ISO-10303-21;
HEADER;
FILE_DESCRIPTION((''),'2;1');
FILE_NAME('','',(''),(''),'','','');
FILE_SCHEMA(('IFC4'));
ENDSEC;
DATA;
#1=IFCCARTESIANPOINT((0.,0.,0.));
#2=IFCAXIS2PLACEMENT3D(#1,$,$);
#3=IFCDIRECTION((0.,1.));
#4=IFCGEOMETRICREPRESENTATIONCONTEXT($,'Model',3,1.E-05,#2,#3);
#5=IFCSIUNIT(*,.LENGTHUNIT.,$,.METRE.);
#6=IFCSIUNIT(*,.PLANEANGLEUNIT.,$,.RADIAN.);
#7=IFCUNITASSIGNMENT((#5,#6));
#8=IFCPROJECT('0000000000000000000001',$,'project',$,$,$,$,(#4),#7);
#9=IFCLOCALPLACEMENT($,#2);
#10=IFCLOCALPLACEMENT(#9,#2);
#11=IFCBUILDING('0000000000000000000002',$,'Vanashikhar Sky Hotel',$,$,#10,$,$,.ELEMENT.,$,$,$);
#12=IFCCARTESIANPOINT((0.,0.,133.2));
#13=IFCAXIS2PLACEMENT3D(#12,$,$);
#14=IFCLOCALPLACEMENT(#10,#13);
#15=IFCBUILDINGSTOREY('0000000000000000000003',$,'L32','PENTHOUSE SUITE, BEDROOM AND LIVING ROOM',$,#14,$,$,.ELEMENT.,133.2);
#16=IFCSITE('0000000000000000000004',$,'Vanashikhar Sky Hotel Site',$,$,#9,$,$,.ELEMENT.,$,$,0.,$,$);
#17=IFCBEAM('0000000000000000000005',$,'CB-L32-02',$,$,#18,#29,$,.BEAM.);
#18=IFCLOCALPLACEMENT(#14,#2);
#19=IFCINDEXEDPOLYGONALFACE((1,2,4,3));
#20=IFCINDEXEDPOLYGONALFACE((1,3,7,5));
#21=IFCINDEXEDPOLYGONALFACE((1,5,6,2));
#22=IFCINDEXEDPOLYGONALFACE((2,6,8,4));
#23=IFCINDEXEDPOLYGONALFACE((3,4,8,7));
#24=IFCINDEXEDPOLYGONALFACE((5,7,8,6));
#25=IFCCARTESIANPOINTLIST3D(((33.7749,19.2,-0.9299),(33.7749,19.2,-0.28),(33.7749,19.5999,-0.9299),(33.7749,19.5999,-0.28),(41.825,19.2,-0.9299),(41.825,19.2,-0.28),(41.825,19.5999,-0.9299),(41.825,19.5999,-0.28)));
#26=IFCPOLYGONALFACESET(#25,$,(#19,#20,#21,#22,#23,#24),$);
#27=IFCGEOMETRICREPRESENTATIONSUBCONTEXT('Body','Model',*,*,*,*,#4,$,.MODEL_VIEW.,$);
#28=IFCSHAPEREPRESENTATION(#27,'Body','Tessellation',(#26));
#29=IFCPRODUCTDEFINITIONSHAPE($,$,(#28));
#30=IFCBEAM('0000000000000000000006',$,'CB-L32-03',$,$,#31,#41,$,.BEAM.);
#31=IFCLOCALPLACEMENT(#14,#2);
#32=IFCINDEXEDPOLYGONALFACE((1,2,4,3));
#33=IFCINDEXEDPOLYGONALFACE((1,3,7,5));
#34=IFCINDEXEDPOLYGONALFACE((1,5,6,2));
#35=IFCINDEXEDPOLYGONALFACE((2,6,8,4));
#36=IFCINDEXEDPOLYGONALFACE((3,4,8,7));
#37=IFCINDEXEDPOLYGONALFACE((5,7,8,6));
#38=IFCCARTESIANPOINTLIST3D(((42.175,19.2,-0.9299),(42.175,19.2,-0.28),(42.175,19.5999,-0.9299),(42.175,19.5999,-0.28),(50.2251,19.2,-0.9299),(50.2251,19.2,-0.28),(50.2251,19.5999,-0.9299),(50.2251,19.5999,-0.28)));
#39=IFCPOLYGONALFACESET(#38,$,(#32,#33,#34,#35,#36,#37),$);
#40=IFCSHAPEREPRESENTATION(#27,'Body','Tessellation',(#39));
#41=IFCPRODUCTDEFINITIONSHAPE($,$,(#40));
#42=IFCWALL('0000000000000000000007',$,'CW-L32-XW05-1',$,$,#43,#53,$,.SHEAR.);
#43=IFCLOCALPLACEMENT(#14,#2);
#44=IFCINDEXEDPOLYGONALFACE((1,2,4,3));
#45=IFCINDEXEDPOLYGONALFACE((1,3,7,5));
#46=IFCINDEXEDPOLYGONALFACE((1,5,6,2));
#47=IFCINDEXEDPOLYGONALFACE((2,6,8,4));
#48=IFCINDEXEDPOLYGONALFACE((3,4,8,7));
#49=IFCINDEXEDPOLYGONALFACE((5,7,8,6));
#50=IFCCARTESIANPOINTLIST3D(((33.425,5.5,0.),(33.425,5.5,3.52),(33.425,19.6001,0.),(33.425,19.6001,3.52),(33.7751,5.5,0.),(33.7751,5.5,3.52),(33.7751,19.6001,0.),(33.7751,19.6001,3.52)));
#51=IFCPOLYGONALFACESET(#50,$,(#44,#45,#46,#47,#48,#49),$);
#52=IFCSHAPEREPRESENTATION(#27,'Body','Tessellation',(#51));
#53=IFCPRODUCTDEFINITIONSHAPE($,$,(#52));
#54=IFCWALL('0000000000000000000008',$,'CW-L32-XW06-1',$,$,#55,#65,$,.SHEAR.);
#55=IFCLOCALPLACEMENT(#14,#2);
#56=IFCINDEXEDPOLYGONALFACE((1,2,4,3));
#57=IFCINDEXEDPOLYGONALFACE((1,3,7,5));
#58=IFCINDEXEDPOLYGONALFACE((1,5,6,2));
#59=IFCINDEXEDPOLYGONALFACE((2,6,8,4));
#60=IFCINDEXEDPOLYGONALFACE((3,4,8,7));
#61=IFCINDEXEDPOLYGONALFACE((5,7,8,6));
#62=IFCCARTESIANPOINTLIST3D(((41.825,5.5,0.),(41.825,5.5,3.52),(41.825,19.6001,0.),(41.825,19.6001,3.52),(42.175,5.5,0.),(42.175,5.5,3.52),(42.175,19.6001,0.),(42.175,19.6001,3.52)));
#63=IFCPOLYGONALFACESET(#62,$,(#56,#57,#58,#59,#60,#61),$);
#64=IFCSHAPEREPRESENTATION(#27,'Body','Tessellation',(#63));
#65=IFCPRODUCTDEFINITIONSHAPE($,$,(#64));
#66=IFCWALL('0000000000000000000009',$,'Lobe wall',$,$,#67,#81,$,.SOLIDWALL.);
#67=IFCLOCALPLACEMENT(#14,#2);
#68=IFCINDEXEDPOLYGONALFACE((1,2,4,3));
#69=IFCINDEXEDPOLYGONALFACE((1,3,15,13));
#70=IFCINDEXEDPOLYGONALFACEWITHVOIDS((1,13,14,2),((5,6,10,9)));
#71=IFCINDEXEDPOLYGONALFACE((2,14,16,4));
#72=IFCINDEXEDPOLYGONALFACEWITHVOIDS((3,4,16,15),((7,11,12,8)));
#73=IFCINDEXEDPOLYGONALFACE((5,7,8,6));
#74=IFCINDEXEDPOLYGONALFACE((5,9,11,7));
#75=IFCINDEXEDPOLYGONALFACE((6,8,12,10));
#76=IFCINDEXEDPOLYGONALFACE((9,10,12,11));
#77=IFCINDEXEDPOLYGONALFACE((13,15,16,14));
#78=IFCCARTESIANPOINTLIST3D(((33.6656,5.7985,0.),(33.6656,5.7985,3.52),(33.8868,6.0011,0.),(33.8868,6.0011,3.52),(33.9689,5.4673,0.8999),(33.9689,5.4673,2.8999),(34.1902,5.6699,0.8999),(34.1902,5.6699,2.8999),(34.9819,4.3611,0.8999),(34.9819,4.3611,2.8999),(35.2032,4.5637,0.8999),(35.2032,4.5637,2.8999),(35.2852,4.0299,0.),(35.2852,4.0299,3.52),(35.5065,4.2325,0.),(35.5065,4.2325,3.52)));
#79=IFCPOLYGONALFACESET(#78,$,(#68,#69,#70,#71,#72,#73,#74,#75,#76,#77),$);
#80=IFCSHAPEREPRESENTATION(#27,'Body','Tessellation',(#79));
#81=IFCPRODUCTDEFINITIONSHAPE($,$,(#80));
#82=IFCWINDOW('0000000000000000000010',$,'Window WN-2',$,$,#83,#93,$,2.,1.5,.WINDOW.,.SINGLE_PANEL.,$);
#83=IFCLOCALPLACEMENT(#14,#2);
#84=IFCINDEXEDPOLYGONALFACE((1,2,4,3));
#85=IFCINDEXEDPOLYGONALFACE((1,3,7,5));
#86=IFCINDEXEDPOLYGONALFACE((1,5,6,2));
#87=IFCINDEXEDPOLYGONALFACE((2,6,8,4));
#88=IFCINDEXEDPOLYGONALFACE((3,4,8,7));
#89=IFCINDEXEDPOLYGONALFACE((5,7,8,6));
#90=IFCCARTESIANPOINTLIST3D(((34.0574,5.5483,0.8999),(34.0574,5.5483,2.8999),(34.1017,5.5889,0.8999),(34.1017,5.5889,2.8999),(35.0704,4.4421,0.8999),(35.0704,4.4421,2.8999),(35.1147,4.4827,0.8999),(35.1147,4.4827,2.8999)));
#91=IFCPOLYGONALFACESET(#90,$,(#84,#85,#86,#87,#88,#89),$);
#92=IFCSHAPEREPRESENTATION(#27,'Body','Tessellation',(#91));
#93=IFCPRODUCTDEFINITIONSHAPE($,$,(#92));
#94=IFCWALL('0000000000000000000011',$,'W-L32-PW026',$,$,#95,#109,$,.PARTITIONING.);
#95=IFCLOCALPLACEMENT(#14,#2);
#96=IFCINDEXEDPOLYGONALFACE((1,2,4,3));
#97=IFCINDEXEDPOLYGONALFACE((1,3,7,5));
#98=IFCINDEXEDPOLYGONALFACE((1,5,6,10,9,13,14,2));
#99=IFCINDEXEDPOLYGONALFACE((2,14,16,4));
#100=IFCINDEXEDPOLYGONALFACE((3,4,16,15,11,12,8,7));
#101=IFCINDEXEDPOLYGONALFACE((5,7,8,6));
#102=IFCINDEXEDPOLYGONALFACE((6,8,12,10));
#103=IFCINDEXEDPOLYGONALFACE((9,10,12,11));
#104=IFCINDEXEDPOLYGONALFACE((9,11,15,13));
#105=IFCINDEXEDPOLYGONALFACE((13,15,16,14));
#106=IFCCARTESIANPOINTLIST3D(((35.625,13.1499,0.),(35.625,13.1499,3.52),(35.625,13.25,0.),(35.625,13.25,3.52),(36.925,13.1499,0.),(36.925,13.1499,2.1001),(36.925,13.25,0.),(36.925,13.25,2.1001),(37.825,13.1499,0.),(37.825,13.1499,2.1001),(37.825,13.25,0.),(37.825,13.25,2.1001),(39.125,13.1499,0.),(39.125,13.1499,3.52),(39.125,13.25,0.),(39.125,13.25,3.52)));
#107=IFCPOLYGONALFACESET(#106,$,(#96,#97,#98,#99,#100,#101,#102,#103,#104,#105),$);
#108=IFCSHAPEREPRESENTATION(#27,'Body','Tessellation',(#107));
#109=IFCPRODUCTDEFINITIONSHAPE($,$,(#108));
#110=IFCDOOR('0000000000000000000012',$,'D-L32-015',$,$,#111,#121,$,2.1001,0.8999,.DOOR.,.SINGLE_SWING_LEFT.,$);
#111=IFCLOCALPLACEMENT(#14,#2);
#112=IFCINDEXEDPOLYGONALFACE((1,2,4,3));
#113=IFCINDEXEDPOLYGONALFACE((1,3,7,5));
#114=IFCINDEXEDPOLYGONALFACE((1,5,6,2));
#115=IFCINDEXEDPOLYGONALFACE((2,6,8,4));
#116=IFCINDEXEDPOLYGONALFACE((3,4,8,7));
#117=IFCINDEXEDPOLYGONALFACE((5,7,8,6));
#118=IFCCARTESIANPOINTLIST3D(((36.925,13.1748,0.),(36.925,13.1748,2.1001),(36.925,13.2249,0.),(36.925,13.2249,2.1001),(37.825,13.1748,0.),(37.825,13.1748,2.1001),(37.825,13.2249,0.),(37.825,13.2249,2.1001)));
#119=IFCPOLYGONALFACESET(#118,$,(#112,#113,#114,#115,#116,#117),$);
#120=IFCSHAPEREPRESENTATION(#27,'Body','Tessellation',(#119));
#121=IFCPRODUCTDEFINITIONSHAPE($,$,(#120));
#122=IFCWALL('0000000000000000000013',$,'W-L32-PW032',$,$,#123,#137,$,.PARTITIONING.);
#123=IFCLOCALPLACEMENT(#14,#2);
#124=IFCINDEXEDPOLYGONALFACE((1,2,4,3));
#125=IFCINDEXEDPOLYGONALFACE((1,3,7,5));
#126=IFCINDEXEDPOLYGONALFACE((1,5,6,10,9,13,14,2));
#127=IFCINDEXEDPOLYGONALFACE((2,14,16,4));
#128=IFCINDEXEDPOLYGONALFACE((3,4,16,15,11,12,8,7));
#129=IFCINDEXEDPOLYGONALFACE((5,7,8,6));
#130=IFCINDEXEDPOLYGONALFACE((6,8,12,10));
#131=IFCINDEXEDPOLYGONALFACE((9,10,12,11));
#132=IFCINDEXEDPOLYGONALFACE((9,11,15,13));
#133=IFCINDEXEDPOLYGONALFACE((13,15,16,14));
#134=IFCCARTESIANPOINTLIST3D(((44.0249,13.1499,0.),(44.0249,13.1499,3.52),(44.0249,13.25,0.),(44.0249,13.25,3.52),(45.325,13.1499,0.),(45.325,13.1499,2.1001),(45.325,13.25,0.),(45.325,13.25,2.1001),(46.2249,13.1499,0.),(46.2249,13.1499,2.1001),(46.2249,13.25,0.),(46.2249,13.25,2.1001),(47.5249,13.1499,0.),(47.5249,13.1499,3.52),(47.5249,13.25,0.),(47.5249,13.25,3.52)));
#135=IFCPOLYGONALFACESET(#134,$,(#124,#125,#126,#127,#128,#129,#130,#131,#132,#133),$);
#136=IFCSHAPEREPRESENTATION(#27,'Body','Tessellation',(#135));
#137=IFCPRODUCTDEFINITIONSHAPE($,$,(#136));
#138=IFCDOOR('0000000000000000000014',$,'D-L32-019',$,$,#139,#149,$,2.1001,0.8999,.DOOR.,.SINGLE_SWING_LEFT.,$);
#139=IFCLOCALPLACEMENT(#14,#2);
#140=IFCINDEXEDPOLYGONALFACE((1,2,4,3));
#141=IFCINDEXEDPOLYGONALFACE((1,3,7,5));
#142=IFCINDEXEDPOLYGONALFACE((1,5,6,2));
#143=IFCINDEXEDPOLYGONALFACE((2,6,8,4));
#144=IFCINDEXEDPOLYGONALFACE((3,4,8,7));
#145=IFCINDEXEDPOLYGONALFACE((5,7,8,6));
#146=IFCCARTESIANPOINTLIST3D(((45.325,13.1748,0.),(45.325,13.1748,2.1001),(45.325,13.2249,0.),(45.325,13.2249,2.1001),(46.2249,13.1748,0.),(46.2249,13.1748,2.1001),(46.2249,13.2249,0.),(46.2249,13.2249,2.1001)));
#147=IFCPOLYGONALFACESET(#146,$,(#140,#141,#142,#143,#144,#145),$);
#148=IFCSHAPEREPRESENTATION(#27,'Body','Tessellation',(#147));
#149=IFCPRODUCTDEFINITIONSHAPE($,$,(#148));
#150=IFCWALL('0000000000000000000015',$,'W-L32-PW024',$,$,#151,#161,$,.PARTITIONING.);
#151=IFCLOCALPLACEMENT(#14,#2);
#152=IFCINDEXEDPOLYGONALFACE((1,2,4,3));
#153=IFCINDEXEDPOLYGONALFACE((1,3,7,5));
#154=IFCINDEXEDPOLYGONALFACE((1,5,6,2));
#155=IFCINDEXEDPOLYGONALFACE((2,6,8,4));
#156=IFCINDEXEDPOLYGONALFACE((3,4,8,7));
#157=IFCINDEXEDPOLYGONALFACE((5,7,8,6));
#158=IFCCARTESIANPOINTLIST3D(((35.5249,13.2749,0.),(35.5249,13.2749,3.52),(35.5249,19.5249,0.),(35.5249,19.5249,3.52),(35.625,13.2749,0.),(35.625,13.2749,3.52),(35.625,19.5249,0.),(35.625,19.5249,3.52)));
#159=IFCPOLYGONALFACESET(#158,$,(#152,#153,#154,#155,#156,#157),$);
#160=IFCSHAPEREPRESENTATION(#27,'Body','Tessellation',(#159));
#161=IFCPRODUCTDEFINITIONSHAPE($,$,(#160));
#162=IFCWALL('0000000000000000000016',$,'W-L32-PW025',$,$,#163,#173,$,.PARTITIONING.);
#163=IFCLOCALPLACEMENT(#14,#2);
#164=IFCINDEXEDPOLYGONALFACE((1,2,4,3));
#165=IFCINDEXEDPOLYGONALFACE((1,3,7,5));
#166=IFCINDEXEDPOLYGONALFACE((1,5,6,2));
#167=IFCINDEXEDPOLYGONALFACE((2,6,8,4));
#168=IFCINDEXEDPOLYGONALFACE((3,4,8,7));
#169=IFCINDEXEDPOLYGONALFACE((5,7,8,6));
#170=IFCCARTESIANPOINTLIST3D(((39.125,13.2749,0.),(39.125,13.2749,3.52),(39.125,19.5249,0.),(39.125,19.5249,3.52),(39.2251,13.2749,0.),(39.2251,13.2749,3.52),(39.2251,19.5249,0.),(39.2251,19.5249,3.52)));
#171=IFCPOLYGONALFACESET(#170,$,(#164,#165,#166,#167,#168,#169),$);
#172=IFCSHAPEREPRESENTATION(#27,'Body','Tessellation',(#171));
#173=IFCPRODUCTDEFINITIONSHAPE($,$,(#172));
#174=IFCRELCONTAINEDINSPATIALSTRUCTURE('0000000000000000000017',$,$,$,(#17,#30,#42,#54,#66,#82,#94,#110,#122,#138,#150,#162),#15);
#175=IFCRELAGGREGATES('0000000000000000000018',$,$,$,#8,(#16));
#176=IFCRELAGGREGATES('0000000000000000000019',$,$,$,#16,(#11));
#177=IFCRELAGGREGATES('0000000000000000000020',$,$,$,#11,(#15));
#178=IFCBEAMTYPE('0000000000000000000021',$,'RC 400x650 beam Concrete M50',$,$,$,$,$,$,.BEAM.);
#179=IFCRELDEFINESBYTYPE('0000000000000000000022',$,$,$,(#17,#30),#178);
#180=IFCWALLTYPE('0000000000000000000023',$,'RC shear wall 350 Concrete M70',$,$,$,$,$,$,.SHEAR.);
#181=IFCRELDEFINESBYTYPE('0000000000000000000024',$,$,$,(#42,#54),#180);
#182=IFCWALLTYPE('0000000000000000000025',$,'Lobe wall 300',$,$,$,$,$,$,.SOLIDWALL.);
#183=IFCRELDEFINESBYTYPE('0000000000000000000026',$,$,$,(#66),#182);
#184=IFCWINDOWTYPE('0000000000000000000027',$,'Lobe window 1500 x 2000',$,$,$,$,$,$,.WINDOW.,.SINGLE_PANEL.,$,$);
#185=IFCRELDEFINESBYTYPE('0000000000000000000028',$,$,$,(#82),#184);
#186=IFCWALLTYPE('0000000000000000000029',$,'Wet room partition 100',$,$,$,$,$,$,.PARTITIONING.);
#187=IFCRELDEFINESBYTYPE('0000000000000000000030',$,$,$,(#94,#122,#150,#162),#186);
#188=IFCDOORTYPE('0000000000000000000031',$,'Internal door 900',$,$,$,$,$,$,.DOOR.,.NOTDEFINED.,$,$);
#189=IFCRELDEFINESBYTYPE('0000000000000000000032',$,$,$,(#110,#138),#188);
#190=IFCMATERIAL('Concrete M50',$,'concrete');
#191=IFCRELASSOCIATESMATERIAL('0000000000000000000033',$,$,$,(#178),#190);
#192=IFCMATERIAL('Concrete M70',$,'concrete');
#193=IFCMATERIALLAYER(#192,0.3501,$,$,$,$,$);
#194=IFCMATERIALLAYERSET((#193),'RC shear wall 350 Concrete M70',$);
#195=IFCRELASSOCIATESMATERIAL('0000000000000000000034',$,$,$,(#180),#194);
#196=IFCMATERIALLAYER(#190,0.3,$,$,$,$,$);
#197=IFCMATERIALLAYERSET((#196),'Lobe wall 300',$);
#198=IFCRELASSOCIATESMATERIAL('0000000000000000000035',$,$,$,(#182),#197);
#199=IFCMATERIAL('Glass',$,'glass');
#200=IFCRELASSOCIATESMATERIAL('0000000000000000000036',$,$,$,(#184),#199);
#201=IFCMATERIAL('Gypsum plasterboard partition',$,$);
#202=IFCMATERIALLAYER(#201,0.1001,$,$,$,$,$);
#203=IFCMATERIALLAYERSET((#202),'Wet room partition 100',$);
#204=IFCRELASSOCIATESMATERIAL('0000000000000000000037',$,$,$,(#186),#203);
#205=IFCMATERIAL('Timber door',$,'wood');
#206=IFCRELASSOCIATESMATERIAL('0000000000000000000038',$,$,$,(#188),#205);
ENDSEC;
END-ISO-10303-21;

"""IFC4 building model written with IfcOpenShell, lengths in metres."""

from ifc_helpers import new_model, si_unit, direction, frame, frame_2d, origin, origin_2d, place, context, subcontext, project, spatial, rectangle, extrude, source, transform, mapped, material, layer, layer_set, material_profile, profile_set, type_object, element, fill, save


model = new_model("IFC4")

# Units and contexts
model_context = context("Model", 3, precision=1e-05, world=origin(), true_north=direction((0.0, 1.0)))
body_context = subcontext(model_context, "Body", "Model", "MODEL_VIEW")
ifc_project = project(units=[si_unit("LENGTHUNIT", "METRE"), si_unit("PLANEANGLEUNIT", "RADIAN")], contexts=[model_context])

# Site, building, storey
site_placement = place(None, origin())
site = spatial("IfcSite", under=ifc_project, at=site_placement, Name="Vanashikhar Sky Hotel Site", CompositionType="ELEMENT", RefElevation=0.0)
building_placement = place(site_placement, origin())
building = spatial("IfcBuilding", under=site, at=building_placement, Name="Vanashikhar Sky Hotel", CompositionType="ELEMENT")
storey_placement = place(building_placement, frame((0.0, 0.0, 133.2)))
storey = spatial("IfcBuildingStorey", under=building, at=storey_placement, Name="L32", Description="PENTHOUSE SUITE, BEDROOM AND LIVING ROOM", CompositionType="ELEMENT", Elevation=133.2)

# Beams
ifc_material_1 = material(Name="Concrete M50", Category="concrete")
ifc_material_profile = material_profile(ifc_material_1, rectangle(XDim=0.3999, YDim=0.6499, at=origin_2d()))
ifc_profile_set = profile_set([ifc_material_profile], Name="RC 400x650 beam Concrete M50")
beam_type = type_object("IfcBeamType", Name="RC 400x650 beam Concrete M50", PredefinedType="BEAM", material=ifc_profile_set)
shared_shape_1 = source(origin(), body_context, "Body", "SweptSolid", [
    extrude(rectangle(XDim=0.3999, YDim=0.6499, at=origin_2d()), origin(), (0.0, 0.0, 1.0), 8.05),
])
for number, where, z_axis, x_axis, name in (
    (1, (33.7749, 19.3999, -0.605), (1.0, 0.0, 0.0), (0.0, 1.0, 0.0), "CB-L32-02"),
    (2, (42.175, 19.3999, -0.605), (1.0, 0.0, 0.0), (0.0, 1.0, 0.0), "CB-L32-03"),
):
    element("IfcBeam", number, at=place(storey_placement, frame(where, z_axis=z_axis, x_axis=x_axis)), inside=storey, type_object=beam_type, Name=name, PredefinedType="BEAM", context=body_context, shape_type="MappedRepresentation", body=[
        mapped(shared_shape_1, transform((0.0, 0.0, 0.0), scale=1.0)),
    ])

# Walls
ifc_material_2 = material(Name="Concrete M70", Category="concrete")
ifc_layer_1 = layer(ifc_material_2, 0.3501)
ifc_layer_set_1 = layer_set([ifc_layer_1], Name="RC shear wall 350 Concrete M70")
wall_type_1 = type_object("IfcWallType", Name="RC shear wall 350 Concrete M70", PredefinedType="SHEAR", material=ifc_layer_set_1)
shared_shape_2 = source(origin(), body_context, "Body", "SweptSolid", [
    extrude(rectangle(XDim=14.1001, YDim=0.3501, at=frame_2d((7.05, 0.0))), origin(), (0.0, 0.0, 1.0), 3.52),
])
for number, where, z_axis, x_axis, name in (
    (3, (33.6001, 5.5, 0.0), (0.0, 0.0, 1.0), (0.0, 1.0, 0.0), "CW-L32-XW05-1"),
    (4, (42.0, 5.5, 0.0), (0.0, 0.0, 1.0), (0.0, 1.0, 0.0), "CW-L32-XW06-1"),
):
    element("IfcWall", number, at=place(storey_placement, frame(where, z_axis=z_axis, x_axis=x_axis)), inside=storey, type_object=wall_type_1, Name=name, PredefinedType="SHEAR", context=body_context, shape_type="MappedRepresentation", body=[
        mapped(shared_shape_2, transform((0.0, 0.0, 0.0), scale=1.0)),
    ])

# Wall, opening, window
ifc_layer_2 = layer(ifc_material_1, 0.3)
ifc_layer_set_2 = layer_set([ifc_layer_2], Name="Lobe wall 300")
wall_type_2 = type_object("IfcWallType", Name="Lobe wall 300", PredefinedType="SOLIDWALL", material=ifc_layer_set_2)
shared_shape_3 = source(origin(), body_context, "Body", "SweptSolid", [
    extrude(rectangle(XDim=2.3982, YDim=0.3, at=frame_2d((1.1992, 0.0))), origin(), (0.0, 0.0, 1.0), 3.52),
])
wall_1_placement = place(storey_placement, frame((33.7761, 5.8999, 0.0), z_axis=(0.0, 0.0, 1.0), x_axis=(0.675374, -0.737475, 0.0)))
wall_1 = element("IfcWall", 5, at=wall_1_placement, inside=storey, type_object=wall_type_2, Name="Lobe wall", PredefinedType="SOLIDWALL", context=body_context, shape_type="MappedRepresentation", body=[
    mapped(shared_shape_3, transform((0.0, 0.0, 0.0), scale=1.0)),
])
shared_shape_4 = source(origin(), body_context, "Body", "SweptSolid", [
    extrude(rectangle(XDim=1.5, YDim=2.0, at=frame_2d((0.75, 1.0))), frame((0.0, 0.1602, 0.0), z_axis=(0.0, -1.0, 0.0), x_axis=(1.0, 0.0, 0.0)), (0.0, 0.0, 1.0), 0.3201),
])
opening_1_placement = place(wall_1_placement, frame((0.4492, 0.0, 0.8999)))
opening_1 = element("IfcOpeningElement", 6, at=opening_1_placement, cuts=wall_1, PredefinedType="OPENING", context=body_context, shape_type="MappedRepresentation", body=[
    mapped(shared_shape_4, transform((0.0, 0.0, 0.0), scale=1.0)),
])
ifc_material_3 = material(Name="Glass", Category="glass")
window_type = type_object("IfcWindowType", Name="Lobe window 1500 x 2000", PartitioningType="SINGLE_PANEL", PredefinedType="WINDOW", material=ifc_material_3)
shared_shape_5 = source(origin(), body_context, "Body", "SweptSolid", [
    extrude(rectangle(XDim=1.5, YDim=2.0, at=frame_2d((0.75, 1.0))), frame((0.0, 0.03, 0.0), z_axis=(0.0, -1.0, 0.0), x_axis=(1.0, 0.0, 0.0)), (0.0, 0.0, 1.0), 0.0601),
])
window_placement = place(opening_1_placement, origin())
window = element("IfcWindow", 7, at=window_placement, inside=storey, type_object=window_type, Name="Window WN-2", OverallHeight=2.0, OverallWidth=1.5, PartitioningType="SINGLE_PANEL", PredefinedType="WINDOW", context=body_context, shape_type="MappedRepresentation", body=[
    mapped(shared_shape_5, transform((0.0, 0.0, 0.0), scale=1.0)),
])
fill(opening_1, window)

# Walls, openings, doors
ifc_material_4 = material(Name="Gypsum plasterboard partition")
ifc_layer_3 = layer(ifc_material_4, 0.1001)
ifc_layer_set_3 = layer_set([ifc_layer_3], Name="Wet room partition 100")
wall_type_3 = type_object("IfcWallType", Name="Wet room partition 100", PredefinedType="PARTITIONING", material=ifc_layer_set_3)
shared_shape_6 = source(origin(), body_context, "Body", "SweptSolid", [
    extrude(rectangle(XDim=3.5, YDim=0.1001, at=frame_2d((1.75, 0.0))), origin(), (0.0, 0.0, 1.0), 3.52),
])
wall_2_placement = place(storey_placement, frame((35.625, 13.2, 0.0), z_axis=(0.0, 0.0, 1.0), x_axis=(1.0, 0.0, 0.0)))
wall_2 = element("IfcWall", 8, at=wall_2_placement, inside=storey, type_object=wall_type_3, Name="W-L32-PW026", PredefinedType="PARTITIONING", context=body_context, shape_type="MappedRepresentation", body=[
    mapped(shared_shape_6, transform((0.0, 0.0, 0.0), scale=1.0)),
])
shared_shape_7 = source(origin(), body_context, "Body", "SweptSolid", [
    extrude(rectangle(XDim=0.8999, YDim=2.1001, at=frame_2d((0.45, 1.05))), frame((0.0, 0.0601, 0.0), z_axis=(0.0, -1.0, 0.0), x_axis=(1.0, 0.0, 0.0)), (0.0, 0.0, 1.0), 0.1201),
])
opening_2_placement = place(wall_2_placement, frame((1.3, 0.0, 0.0)))
opening_2 = element("IfcOpeningElement", 9, at=opening_2_placement, cuts=wall_2, PredefinedType="OPENING", context=body_context, shape_type="MappedRepresentation", body=[
    mapped(shared_shape_7, transform((0.0, 0.0, 0.0), scale=1.0)),
])
ifc_material_5 = material(Name="Timber door", Category="wood")
door_type_1 = type_object("IfcDoorType", Name="Internal door 900", OperationType="NOTDEFINED", PredefinedType="DOOR", material=ifc_material_5)
shared_shape_8 = source(origin(), body_context, "Body", "SweptSolid", [
    extrude(rectangle(XDim=0.8999, YDim=2.1001, at=frame_2d((0.45, 1.05))), frame((0.0, 0.0249, 0.0), z_axis=(0.0, -1.0, 0.0), x_axis=(1.0, 0.0, 0.0)), (0.0, 0.0, 1.0), 0.05),
])
door_1_placement = place(opening_2_placement, origin())
door_1 = element("IfcDoor", 10, at=door_1_placement, inside=storey, type_object=door_type_1, Name="D-L32-015", OperationType="SINGLE_SWING_LEFT", OverallHeight=2.1001, OverallWidth=0.8999, PredefinedType="DOOR", context=body_context, shape_type="MappedRepresentation", body=[
    mapped(shared_shape_8, transform((0.0, 0.0, 0.0), scale=1.0)),
])
fill(opening_2, door_1)
wall_3_placement = place(storey_placement, frame((44.0249, 13.2, 0.0), z_axis=(0.0, 0.0, 1.0), x_axis=(1.0, 0.0, 0.0)))
wall_3 = element("IfcWall", 11, at=wall_3_placement, inside=storey, type_object=wall_type_3, Name="W-L32-PW032", PredefinedType="PARTITIONING", context=body_context, shape_type="MappedRepresentation", body=[
    mapped(shared_shape_6, transform((0.0, 0.0, 0.0), scale=1.0)),
])
opening_3_placement = place(wall_3_placement, frame((1.3, 0.0, 0.0)))
opening_3 = element("IfcOpeningElement", 12, at=opening_3_placement, cuts=wall_3, PredefinedType="OPENING", context=body_context, shape_type="MappedRepresentation", body=[
    mapped(shared_shape_7, transform((0.0, 0.0, 0.0), scale=1.0)),
])
door_2_placement = place(opening_3_placement, origin())
door_2 = element("IfcDoor", 13, at=door_2_placement, inside=storey, type_object=door_type_1, Name="D-L32-019", OperationType="SINGLE_SWING_LEFT", OverallHeight=2.1001, OverallWidth=0.8999, PredefinedType="DOOR", context=body_context, shape_type="MappedRepresentation", body=[
    mapped(shared_shape_8, transform((0.0, 0.0, 0.0), scale=1.0)),
])
fill(opening_3, door_2)

# Walls
shared_shape_9 = source(origin(), body_context, "Body", "SweptSolid", [
    extrude(rectangle(XDim=6.25, YDim=0.1001, at=frame_2d((3.125, 0.0))), origin(), (0.0, 0.0, 1.0), 3.52),
])
for number, where, z_axis, x_axis, name in (
    (14, (35.575, 13.2749, 0.0), (0.0, 0.0, 1.0), (0.0, 1.0, 0.0), "W-L32-PW024"),
    (15, (39.175, 13.2749, 0.0), (0.0, 0.0, 1.0), (0.0, 1.0, 0.0), "W-L32-PW025"),
):
    element("IfcWall", number, at=place(storey_placement, frame(where, z_axis=z_axis, x_axis=x_axis)), inside=storey, type_object=wall_type_3, Name=name, PredefinedType="PARTITIONING", context=body_context, shape_type="MappedRepresentation", body=[
        mapped(shared_shape_9, transform((0.0, 0.0, 0.0), scale=1.0)),
    ])

save(model, "model.ifc")
